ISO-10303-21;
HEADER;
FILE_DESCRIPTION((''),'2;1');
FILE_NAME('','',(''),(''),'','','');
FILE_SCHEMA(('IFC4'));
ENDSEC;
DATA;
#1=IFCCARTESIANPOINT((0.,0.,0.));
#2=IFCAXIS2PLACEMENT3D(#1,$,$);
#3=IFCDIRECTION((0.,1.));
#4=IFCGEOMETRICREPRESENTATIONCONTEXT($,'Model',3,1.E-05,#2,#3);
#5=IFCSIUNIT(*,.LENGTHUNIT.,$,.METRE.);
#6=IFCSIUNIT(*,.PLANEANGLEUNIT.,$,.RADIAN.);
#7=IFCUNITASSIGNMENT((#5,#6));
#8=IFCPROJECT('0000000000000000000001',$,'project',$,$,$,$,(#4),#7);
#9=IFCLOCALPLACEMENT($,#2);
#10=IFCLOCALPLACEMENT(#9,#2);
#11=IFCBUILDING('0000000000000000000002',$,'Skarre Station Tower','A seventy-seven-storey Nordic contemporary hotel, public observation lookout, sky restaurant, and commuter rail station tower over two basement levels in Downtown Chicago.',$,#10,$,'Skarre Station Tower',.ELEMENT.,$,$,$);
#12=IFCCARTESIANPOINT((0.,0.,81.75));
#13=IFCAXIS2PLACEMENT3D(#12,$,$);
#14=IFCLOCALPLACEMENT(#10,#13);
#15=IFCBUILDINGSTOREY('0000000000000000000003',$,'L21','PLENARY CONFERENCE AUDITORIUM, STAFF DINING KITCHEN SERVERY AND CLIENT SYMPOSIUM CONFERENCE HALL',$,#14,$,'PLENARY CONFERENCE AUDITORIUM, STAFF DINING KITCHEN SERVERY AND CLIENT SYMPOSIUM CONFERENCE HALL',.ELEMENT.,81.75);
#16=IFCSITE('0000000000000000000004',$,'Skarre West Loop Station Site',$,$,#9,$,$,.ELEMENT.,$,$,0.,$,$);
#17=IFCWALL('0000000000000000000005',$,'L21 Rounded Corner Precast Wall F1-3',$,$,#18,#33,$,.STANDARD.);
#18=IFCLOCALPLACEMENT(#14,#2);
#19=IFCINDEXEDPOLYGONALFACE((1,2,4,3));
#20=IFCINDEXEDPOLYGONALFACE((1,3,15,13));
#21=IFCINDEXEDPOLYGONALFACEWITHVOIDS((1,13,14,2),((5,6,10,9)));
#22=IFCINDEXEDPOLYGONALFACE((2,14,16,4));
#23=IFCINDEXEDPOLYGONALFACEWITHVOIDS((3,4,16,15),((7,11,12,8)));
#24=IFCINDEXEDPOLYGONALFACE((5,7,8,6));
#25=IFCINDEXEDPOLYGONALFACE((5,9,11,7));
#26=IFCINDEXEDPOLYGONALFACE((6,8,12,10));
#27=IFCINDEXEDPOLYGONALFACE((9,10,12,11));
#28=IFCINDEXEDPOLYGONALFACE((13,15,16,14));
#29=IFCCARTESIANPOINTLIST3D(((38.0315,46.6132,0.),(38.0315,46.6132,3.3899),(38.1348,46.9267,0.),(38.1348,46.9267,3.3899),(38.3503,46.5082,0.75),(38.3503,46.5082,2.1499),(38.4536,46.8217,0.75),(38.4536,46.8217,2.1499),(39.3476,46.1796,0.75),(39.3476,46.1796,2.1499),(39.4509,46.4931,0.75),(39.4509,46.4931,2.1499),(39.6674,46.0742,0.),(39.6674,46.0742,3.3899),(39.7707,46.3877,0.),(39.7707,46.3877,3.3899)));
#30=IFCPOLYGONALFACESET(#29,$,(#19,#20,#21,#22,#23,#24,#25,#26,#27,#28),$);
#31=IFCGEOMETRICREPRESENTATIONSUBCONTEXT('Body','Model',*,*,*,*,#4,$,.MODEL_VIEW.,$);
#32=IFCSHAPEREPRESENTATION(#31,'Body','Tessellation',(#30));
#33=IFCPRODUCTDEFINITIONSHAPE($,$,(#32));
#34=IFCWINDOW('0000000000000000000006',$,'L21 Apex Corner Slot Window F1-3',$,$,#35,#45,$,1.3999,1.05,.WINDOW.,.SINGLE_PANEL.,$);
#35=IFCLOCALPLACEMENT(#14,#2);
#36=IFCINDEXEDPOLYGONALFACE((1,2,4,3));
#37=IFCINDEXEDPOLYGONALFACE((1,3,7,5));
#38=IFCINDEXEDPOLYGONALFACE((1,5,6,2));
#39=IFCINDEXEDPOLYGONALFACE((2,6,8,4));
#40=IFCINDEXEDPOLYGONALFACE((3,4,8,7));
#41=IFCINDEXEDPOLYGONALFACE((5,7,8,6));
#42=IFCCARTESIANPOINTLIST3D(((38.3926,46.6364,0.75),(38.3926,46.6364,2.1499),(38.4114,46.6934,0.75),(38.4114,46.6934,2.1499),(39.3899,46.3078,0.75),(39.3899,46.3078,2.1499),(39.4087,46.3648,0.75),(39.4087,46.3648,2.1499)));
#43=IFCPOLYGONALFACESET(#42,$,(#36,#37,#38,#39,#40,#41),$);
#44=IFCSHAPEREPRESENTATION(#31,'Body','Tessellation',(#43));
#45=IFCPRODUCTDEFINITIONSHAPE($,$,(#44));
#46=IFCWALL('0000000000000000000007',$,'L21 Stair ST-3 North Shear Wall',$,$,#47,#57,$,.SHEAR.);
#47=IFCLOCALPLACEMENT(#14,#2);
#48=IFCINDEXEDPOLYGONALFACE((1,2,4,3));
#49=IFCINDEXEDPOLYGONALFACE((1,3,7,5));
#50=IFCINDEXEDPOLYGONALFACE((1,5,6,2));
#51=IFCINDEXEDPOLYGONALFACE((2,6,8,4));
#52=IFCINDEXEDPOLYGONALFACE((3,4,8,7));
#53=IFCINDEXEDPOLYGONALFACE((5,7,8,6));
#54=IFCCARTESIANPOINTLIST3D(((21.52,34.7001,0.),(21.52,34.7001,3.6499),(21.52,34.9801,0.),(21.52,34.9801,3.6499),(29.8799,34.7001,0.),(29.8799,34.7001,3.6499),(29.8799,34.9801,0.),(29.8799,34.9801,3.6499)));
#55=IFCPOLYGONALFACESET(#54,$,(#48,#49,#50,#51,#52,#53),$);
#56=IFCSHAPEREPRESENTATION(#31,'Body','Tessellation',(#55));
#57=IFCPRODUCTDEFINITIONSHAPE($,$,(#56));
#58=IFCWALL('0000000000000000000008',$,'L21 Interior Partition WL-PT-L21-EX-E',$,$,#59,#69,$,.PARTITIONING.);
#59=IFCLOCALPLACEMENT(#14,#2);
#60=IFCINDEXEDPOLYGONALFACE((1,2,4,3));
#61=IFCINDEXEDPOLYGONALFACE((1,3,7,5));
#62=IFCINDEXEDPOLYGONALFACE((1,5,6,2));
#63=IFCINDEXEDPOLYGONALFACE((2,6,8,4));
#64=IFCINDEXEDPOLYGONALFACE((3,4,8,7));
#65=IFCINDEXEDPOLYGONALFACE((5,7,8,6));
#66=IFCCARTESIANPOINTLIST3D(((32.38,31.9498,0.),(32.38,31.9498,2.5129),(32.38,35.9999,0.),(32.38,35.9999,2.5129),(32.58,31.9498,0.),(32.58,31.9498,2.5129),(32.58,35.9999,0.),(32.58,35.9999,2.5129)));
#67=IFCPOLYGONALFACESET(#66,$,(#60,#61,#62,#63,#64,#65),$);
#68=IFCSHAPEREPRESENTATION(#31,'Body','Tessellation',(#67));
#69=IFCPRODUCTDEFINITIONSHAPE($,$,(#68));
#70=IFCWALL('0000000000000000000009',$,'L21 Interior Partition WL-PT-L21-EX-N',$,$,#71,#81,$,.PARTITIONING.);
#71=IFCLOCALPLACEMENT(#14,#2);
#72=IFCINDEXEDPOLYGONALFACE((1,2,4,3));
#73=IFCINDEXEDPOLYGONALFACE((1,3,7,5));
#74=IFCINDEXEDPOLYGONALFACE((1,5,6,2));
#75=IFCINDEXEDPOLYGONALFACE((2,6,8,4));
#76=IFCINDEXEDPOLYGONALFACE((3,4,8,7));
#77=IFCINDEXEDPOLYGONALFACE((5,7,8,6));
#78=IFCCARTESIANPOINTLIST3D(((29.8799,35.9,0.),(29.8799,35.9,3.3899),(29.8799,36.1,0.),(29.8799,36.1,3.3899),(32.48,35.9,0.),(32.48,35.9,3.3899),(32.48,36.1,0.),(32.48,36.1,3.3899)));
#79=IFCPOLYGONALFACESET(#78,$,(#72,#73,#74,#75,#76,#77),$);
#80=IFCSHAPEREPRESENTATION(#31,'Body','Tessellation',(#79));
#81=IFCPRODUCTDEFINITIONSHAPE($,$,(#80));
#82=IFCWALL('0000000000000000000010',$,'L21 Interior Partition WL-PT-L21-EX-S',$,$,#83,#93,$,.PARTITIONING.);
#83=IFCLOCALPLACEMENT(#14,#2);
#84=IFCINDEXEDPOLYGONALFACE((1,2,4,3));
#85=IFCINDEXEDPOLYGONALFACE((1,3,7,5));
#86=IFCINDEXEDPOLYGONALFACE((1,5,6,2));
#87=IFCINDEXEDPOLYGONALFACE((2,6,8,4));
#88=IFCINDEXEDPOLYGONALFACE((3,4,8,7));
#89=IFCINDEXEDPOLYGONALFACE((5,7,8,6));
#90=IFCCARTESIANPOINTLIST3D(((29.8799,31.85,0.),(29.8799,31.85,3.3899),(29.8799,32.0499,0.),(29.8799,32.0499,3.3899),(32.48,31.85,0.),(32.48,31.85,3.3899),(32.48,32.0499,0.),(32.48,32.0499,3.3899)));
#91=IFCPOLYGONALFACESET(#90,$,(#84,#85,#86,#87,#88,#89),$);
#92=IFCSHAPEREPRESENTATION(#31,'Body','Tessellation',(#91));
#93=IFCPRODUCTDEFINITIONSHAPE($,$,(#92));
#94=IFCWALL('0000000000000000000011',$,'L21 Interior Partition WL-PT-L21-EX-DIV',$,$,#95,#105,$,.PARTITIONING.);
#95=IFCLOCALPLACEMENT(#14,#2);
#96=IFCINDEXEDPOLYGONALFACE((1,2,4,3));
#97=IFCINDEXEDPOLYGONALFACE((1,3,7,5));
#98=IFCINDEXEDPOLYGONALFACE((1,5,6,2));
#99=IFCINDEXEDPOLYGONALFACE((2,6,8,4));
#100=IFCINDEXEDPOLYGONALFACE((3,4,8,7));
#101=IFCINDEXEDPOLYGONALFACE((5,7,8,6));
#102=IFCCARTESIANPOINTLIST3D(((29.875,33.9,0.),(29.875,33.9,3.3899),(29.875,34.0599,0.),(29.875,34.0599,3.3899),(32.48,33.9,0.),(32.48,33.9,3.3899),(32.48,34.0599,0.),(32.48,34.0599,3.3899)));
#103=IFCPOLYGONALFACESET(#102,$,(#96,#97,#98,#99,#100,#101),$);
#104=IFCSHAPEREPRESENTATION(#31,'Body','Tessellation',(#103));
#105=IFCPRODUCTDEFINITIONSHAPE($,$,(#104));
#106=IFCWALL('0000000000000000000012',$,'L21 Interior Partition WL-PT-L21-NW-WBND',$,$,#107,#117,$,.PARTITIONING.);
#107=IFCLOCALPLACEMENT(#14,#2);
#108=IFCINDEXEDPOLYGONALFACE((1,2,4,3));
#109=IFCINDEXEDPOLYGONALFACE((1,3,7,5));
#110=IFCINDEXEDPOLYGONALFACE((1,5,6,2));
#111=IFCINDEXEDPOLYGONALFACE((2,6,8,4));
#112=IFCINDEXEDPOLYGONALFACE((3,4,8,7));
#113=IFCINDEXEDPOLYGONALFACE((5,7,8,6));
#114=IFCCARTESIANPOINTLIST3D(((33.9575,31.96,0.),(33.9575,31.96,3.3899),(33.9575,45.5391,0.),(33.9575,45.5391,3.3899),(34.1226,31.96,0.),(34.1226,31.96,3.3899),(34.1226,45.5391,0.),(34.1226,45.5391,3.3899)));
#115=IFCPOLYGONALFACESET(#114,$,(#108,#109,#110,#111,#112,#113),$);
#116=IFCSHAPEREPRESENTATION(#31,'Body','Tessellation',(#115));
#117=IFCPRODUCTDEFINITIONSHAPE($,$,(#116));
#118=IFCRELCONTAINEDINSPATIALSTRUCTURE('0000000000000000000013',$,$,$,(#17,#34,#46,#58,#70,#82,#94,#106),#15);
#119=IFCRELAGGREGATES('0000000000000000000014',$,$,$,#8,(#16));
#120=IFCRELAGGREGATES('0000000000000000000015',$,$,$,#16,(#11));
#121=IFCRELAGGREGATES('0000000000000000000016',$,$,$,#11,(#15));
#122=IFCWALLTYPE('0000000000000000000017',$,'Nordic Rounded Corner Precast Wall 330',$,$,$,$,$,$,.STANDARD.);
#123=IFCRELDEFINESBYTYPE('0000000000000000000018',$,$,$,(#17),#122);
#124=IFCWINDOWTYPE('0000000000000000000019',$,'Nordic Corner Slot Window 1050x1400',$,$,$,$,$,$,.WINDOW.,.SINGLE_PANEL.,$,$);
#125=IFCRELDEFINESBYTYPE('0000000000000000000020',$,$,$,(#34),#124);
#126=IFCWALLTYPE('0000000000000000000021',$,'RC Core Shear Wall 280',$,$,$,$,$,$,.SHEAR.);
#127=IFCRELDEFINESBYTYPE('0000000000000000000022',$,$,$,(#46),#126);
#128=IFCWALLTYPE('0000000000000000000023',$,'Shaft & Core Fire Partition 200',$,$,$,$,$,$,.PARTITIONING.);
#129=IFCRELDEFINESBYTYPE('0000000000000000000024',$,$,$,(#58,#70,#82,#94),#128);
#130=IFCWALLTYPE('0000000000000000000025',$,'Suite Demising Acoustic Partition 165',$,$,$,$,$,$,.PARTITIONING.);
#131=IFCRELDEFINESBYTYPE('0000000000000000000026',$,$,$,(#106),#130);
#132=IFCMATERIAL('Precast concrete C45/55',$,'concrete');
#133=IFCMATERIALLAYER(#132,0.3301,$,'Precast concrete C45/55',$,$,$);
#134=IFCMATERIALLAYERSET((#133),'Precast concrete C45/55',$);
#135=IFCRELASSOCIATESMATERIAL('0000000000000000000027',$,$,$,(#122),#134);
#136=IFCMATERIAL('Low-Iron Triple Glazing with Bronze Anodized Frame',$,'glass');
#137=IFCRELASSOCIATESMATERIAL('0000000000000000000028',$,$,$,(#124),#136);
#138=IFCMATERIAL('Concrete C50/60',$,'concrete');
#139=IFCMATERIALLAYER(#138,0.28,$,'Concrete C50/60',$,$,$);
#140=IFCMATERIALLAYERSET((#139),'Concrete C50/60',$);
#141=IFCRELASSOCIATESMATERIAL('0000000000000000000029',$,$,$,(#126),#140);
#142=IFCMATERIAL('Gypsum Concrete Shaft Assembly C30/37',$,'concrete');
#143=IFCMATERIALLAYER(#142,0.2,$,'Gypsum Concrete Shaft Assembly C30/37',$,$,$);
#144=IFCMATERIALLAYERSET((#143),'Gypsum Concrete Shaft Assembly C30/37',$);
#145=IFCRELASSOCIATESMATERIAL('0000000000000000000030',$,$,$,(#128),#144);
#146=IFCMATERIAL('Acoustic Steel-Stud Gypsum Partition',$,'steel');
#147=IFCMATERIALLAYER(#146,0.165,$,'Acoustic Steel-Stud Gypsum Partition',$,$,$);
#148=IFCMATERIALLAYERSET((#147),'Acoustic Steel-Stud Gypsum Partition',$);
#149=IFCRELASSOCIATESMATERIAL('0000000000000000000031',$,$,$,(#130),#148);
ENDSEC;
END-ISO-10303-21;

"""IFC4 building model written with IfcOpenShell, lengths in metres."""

from ifc_helpers import new_model, si_unit, direction, frame, frame_2d, origin, place, context, subcontext, project, spatial, rectangle, extrude, material, layer, layer_set, type_object, element, fill, save


model = new_model("IFC4")

# Units and contexts
model_context = context("Model", 3, precision=1e-05, world=origin(), true_north=direction((0.0, 1.0)))
body_context = subcontext(model_context, "Body", "Model", "MODEL_VIEW")
ifc_project = project(units=[si_unit("LENGTHUNIT", "METRE"), si_unit("PLANEANGLEUNIT", "RADIAN")], contexts=[model_context])

# Site, building, storey
site_placement = place(None, origin())
site = spatial("IfcSite", under=ifc_project, at=site_placement, Name="Skarre West Loop Station Site", CompositionType="ELEMENT", RefElevation=0.0)
building_placement = place(site_placement, origin())
building = spatial("IfcBuilding", under=site, at=building_placement, Name="Skarre Station Tower", Description="A seventy-seven-storey Nordic contemporary hotel, public observation lookout, sky restaurant, and commuter rail station tower over two basement levels in Downtown Chicago.", LongName="Skarre Station Tower", CompositionType="ELEMENT")
storey_placement = place(building_placement, frame((0.0, 0.0, 81.75)))
storey = spatial("IfcBuildingStorey", under=building, at=storey_placement, Name="L21", Description="PLENARY CONFERENCE AUDITORIUM, STAFF DINING KITCHEN SERVERY AND CLIENT SYMPOSIUM CONFERENCE HALL", LongName="PLENARY CONFERENCE AUDITORIUM, STAFF DINING KITCHEN SERVERY AND CLIENT SYMPOSIUM CONFERENCE HALL", CompositionType="ELEMENT", Elevation=81.75)

# Shared definitions
ifc_material_1 = material(Name="Acoustic Steel-Stud Gypsum Partition", Category="steel")

# Shared definitions
ifc_material_2 = material(Name="Precast concrete C45/55", Category="concrete")
ifc_layer_1 = layer(ifc_material_2, 0.3301, Name="Precast concrete C45/55")
ifc_layer_set_1 = layer_set([ifc_layer_1], Name="Precast concrete C45/55")
wall_type_1 = type_object("IfcWallType", Name="Nordic Rounded Corner Precast Wall 330", PredefinedType="STANDARD", material=ifc_layer_set_1)

# Wall, opening, window
ifc_material_3 = material(Name="Low-Iron Triple Glazing with Bronze Anodized Frame", Category="glass")
window_type = type_object("IfcWindowType", Name="Nordic Corner Slot Window 1050x1400", PartitioningType="SINGLE_PANEL", PredefinedType="WINDOW", material=ifc_material_3)
wall_1_placement = place(storey_placement, frame((38.083, 46.77, 0.0), z_axis=(0.0, 0.0, 1.0), x_axis=(0.949769, -0.312952, 0.0)))
wall_1 = element("IfcWall", 1, at=wall_1_placement, inside=storey, type_object=wall_type_1, Name="L21 Rounded Corner Precast Wall F1-3", PredefinedType="STANDARD", context=body_context, shape_type="SweptSolid", body=[
    extrude(rectangle(XDim=1.7224, YDim=0.3301, at=frame_2d((0.8613, 0.0))), origin(), (0.0, 0.0, 1.0), 3.3899),
])
opening_1_placement = place(wall_1_placement, frame((0.3359, 0.0, 0.75)))
opening_1 = element("IfcOpeningElement", 2, at=opening_1_placement, cuts=wall_1, PredefinedType="OPENING", context=body_context, shape_type="SweptSolid", body=[
    extrude(rectangle(XDim=1.05, YDim=1.3999, at=frame_2d((0.5249, 0.7))), frame((0.0, 0.175, 0.0), z_axis=(0.0, -1.0, 0.0), x_axis=(1.0, 0.0, 0.0)), (0.0, 0.0, 1.0), 0.3501),
])
window_1_placement = place(opening_1_placement, origin())
window_1 = element("IfcWindow", 3, at=window_1_placement, inside=storey, type_object=window_type, Name="L21 Apex Corner Slot Window F1-3", OverallHeight=1.3999, OverallWidth=1.05, PartitioningType="SINGLE_PANEL", PredefinedType="WINDOW", context=body_context, shape_type="SweptSolid", body=[
    extrude(rectangle(XDim=1.05, YDim=1.3999, at=frame_2d((0.5249, 0.7))), frame((0.0, 0.03, 0.0), z_axis=(0.0, -1.0, 0.0), x_axis=(1.0, 0.0, 0.0)), (0.0, 0.0, 1.0), 0.0601),
])
fill(opening_1, window_1)

# Walls
ifc_material_4 = material(Name="Concrete C50/60", Category="concrete")
ifc_layer_2 = layer(ifc_material_4, 0.28, Name="Concrete C50/60")
ifc_layer_set_2 = layer_set([ifc_layer_2], Name="Concrete C50/60")
wall_type_2 = type_object("IfcWallType", Name="RC Core Shear Wall 280", PredefinedType="SHEAR", material=ifc_layer_set_2)
wall_2_placement = place(storey_placement, frame((29.8799, 34.8401, 0.0), z_axis=(0.0, 0.0, 1.0), x_axis=(-1.0, 0.0, 0.0)))
element("IfcWall", 4, at=wall_2_placement, inside=storey, type_object=wall_type_2, Name="L21 Stair ST-3 North Shear Wall", PredefinedType="SHEAR", context=body_context, shape_type="SweptSolid", body=[
    extrude(rectangle(XDim=8.3599, YDim=0.28, at=frame_2d((4.1799, 0.0))), origin(), (0.0, 0.0, 1.0), 3.6499),
])
ifc_material_5 = material(Name="Gypsum Concrete Shaft Assembly C30/37", Category="concrete")
ifc_layer_3 = layer(ifc_material_5, 0.2, Name="Gypsum Concrete Shaft Assembly C30/37")
ifc_layer_set_3 = layer_set([ifc_layer_3], Name="Gypsum Concrete Shaft Assembly C30/37")
wall_type_3 = type_object("IfcWallType", Name="Shaft & Core Fire Partition 200", PredefinedType="PARTITIONING", material=ifc_layer_set_3)
wall_3_placement = place(storey_placement, frame((32.48, 31.95, 0.0), z_axis=(0.0, 0.0, 1.0), x_axis=(0.0, 1.0, 0.0)))
element("IfcWall", 5, at=wall_3_placement, inside=storey, type_object=wall_type_3, Name="L21 Interior Partition WL-PT-L21-EX-E", PredefinedType="PARTITIONING", context=body_context, shape_type="SweptSolid", body=[
    extrude(rectangle(XDim=4.05, YDim=0.2, at=frame_2d((2.0249, 0.0))), origin(), (0.0, 0.0, 1.0), 2.5129),
])
for number, where, z_axis, x_axis, name in (
    (6, (29.8799, 36.0, 0.0), (0.0, 0.0, 1.0), (1.0, 0.0, 0.0), "L21 Interior Partition WL-PT-L21-EX-N"),
    (7, (32.48, 31.95, 0.0), (0.0, 0.0, 1.0), (-1.0, 0.0, 0.0), "L21 Interior Partition WL-PT-L21-EX-S"),
):
    element("IfcWall", number, at=place(storey_placement, frame(where, z_axis=z_axis, x_axis=x_axis)), inside=storey, type_object=wall_type_3, Name=name, PredefinedType="PARTITIONING", context=body_context, shape_type="SweptSolid", body=[
        extrude(rectangle(XDim=2.6001, YDim=0.2, at=frame_2d((1.3, 0.0))), origin(), (0.0, 0.0, 1.0), 3.3899),
    ])
wall_4_placement = place(storey_placement, frame((29.875, 33.98, 0.0), z_axis=(0.0, 0.0, 1.0), x_axis=(1.0, 0.0, 0.0)))
element("IfcWall", 8, at=wall_4_placement, inside=storey, type_object=wall_type_3, Name="L21 Interior Partition WL-PT-L21-EX-DIV", PredefinedType="PARTITIONING", context=body_context, shape_type="SweptSolid", body=[
    extrude(rectangle(XDim=2.605, YDim=0.1599, at=frame_2d((1.3025, 0.0))), origin(), (0.0, 0.0, 1.0), 3.3899),
])
ifc_layer_4 = layer(ifc_material_1, 0.165, Name="Acoustic Steel-Stud Gypsum Partition")
ifc_layer_set_4 = layer_set([ifc_layer_4], Name="Acoustic Steel-Stud Gypsum Partition")
wall_type_4 = type_object("IfcWallType", Name="Suite Demising Acoustic Partition 165", PredefinedType="PARTITIONING", material=ifc_layer_set_4)
wall_5_placement = place(storey_placement, frame((34.04, 31.96, 0.0), z_axis=(0.0, 0.0, 1.0), x_axis=(0.0, 1.0, 0.0)))
element("IfcWall", 9, at=wall_5_placement, inside=storey, type_object=wall_type_4, Name="L21 Interior Partition WL-PT-L21-NW-WBND", PredefinedType="PARTITIONING", context=body_context, shape_type="SweptSolid", body=[
    extrude(rectangle(XDim=13.5791, YDim=0.165, at=frame_2d((6.7896, 0.0))), origin(), (0.0, 0.0, 1.0), 3.3899),
])

save(model, "model.ifc")
